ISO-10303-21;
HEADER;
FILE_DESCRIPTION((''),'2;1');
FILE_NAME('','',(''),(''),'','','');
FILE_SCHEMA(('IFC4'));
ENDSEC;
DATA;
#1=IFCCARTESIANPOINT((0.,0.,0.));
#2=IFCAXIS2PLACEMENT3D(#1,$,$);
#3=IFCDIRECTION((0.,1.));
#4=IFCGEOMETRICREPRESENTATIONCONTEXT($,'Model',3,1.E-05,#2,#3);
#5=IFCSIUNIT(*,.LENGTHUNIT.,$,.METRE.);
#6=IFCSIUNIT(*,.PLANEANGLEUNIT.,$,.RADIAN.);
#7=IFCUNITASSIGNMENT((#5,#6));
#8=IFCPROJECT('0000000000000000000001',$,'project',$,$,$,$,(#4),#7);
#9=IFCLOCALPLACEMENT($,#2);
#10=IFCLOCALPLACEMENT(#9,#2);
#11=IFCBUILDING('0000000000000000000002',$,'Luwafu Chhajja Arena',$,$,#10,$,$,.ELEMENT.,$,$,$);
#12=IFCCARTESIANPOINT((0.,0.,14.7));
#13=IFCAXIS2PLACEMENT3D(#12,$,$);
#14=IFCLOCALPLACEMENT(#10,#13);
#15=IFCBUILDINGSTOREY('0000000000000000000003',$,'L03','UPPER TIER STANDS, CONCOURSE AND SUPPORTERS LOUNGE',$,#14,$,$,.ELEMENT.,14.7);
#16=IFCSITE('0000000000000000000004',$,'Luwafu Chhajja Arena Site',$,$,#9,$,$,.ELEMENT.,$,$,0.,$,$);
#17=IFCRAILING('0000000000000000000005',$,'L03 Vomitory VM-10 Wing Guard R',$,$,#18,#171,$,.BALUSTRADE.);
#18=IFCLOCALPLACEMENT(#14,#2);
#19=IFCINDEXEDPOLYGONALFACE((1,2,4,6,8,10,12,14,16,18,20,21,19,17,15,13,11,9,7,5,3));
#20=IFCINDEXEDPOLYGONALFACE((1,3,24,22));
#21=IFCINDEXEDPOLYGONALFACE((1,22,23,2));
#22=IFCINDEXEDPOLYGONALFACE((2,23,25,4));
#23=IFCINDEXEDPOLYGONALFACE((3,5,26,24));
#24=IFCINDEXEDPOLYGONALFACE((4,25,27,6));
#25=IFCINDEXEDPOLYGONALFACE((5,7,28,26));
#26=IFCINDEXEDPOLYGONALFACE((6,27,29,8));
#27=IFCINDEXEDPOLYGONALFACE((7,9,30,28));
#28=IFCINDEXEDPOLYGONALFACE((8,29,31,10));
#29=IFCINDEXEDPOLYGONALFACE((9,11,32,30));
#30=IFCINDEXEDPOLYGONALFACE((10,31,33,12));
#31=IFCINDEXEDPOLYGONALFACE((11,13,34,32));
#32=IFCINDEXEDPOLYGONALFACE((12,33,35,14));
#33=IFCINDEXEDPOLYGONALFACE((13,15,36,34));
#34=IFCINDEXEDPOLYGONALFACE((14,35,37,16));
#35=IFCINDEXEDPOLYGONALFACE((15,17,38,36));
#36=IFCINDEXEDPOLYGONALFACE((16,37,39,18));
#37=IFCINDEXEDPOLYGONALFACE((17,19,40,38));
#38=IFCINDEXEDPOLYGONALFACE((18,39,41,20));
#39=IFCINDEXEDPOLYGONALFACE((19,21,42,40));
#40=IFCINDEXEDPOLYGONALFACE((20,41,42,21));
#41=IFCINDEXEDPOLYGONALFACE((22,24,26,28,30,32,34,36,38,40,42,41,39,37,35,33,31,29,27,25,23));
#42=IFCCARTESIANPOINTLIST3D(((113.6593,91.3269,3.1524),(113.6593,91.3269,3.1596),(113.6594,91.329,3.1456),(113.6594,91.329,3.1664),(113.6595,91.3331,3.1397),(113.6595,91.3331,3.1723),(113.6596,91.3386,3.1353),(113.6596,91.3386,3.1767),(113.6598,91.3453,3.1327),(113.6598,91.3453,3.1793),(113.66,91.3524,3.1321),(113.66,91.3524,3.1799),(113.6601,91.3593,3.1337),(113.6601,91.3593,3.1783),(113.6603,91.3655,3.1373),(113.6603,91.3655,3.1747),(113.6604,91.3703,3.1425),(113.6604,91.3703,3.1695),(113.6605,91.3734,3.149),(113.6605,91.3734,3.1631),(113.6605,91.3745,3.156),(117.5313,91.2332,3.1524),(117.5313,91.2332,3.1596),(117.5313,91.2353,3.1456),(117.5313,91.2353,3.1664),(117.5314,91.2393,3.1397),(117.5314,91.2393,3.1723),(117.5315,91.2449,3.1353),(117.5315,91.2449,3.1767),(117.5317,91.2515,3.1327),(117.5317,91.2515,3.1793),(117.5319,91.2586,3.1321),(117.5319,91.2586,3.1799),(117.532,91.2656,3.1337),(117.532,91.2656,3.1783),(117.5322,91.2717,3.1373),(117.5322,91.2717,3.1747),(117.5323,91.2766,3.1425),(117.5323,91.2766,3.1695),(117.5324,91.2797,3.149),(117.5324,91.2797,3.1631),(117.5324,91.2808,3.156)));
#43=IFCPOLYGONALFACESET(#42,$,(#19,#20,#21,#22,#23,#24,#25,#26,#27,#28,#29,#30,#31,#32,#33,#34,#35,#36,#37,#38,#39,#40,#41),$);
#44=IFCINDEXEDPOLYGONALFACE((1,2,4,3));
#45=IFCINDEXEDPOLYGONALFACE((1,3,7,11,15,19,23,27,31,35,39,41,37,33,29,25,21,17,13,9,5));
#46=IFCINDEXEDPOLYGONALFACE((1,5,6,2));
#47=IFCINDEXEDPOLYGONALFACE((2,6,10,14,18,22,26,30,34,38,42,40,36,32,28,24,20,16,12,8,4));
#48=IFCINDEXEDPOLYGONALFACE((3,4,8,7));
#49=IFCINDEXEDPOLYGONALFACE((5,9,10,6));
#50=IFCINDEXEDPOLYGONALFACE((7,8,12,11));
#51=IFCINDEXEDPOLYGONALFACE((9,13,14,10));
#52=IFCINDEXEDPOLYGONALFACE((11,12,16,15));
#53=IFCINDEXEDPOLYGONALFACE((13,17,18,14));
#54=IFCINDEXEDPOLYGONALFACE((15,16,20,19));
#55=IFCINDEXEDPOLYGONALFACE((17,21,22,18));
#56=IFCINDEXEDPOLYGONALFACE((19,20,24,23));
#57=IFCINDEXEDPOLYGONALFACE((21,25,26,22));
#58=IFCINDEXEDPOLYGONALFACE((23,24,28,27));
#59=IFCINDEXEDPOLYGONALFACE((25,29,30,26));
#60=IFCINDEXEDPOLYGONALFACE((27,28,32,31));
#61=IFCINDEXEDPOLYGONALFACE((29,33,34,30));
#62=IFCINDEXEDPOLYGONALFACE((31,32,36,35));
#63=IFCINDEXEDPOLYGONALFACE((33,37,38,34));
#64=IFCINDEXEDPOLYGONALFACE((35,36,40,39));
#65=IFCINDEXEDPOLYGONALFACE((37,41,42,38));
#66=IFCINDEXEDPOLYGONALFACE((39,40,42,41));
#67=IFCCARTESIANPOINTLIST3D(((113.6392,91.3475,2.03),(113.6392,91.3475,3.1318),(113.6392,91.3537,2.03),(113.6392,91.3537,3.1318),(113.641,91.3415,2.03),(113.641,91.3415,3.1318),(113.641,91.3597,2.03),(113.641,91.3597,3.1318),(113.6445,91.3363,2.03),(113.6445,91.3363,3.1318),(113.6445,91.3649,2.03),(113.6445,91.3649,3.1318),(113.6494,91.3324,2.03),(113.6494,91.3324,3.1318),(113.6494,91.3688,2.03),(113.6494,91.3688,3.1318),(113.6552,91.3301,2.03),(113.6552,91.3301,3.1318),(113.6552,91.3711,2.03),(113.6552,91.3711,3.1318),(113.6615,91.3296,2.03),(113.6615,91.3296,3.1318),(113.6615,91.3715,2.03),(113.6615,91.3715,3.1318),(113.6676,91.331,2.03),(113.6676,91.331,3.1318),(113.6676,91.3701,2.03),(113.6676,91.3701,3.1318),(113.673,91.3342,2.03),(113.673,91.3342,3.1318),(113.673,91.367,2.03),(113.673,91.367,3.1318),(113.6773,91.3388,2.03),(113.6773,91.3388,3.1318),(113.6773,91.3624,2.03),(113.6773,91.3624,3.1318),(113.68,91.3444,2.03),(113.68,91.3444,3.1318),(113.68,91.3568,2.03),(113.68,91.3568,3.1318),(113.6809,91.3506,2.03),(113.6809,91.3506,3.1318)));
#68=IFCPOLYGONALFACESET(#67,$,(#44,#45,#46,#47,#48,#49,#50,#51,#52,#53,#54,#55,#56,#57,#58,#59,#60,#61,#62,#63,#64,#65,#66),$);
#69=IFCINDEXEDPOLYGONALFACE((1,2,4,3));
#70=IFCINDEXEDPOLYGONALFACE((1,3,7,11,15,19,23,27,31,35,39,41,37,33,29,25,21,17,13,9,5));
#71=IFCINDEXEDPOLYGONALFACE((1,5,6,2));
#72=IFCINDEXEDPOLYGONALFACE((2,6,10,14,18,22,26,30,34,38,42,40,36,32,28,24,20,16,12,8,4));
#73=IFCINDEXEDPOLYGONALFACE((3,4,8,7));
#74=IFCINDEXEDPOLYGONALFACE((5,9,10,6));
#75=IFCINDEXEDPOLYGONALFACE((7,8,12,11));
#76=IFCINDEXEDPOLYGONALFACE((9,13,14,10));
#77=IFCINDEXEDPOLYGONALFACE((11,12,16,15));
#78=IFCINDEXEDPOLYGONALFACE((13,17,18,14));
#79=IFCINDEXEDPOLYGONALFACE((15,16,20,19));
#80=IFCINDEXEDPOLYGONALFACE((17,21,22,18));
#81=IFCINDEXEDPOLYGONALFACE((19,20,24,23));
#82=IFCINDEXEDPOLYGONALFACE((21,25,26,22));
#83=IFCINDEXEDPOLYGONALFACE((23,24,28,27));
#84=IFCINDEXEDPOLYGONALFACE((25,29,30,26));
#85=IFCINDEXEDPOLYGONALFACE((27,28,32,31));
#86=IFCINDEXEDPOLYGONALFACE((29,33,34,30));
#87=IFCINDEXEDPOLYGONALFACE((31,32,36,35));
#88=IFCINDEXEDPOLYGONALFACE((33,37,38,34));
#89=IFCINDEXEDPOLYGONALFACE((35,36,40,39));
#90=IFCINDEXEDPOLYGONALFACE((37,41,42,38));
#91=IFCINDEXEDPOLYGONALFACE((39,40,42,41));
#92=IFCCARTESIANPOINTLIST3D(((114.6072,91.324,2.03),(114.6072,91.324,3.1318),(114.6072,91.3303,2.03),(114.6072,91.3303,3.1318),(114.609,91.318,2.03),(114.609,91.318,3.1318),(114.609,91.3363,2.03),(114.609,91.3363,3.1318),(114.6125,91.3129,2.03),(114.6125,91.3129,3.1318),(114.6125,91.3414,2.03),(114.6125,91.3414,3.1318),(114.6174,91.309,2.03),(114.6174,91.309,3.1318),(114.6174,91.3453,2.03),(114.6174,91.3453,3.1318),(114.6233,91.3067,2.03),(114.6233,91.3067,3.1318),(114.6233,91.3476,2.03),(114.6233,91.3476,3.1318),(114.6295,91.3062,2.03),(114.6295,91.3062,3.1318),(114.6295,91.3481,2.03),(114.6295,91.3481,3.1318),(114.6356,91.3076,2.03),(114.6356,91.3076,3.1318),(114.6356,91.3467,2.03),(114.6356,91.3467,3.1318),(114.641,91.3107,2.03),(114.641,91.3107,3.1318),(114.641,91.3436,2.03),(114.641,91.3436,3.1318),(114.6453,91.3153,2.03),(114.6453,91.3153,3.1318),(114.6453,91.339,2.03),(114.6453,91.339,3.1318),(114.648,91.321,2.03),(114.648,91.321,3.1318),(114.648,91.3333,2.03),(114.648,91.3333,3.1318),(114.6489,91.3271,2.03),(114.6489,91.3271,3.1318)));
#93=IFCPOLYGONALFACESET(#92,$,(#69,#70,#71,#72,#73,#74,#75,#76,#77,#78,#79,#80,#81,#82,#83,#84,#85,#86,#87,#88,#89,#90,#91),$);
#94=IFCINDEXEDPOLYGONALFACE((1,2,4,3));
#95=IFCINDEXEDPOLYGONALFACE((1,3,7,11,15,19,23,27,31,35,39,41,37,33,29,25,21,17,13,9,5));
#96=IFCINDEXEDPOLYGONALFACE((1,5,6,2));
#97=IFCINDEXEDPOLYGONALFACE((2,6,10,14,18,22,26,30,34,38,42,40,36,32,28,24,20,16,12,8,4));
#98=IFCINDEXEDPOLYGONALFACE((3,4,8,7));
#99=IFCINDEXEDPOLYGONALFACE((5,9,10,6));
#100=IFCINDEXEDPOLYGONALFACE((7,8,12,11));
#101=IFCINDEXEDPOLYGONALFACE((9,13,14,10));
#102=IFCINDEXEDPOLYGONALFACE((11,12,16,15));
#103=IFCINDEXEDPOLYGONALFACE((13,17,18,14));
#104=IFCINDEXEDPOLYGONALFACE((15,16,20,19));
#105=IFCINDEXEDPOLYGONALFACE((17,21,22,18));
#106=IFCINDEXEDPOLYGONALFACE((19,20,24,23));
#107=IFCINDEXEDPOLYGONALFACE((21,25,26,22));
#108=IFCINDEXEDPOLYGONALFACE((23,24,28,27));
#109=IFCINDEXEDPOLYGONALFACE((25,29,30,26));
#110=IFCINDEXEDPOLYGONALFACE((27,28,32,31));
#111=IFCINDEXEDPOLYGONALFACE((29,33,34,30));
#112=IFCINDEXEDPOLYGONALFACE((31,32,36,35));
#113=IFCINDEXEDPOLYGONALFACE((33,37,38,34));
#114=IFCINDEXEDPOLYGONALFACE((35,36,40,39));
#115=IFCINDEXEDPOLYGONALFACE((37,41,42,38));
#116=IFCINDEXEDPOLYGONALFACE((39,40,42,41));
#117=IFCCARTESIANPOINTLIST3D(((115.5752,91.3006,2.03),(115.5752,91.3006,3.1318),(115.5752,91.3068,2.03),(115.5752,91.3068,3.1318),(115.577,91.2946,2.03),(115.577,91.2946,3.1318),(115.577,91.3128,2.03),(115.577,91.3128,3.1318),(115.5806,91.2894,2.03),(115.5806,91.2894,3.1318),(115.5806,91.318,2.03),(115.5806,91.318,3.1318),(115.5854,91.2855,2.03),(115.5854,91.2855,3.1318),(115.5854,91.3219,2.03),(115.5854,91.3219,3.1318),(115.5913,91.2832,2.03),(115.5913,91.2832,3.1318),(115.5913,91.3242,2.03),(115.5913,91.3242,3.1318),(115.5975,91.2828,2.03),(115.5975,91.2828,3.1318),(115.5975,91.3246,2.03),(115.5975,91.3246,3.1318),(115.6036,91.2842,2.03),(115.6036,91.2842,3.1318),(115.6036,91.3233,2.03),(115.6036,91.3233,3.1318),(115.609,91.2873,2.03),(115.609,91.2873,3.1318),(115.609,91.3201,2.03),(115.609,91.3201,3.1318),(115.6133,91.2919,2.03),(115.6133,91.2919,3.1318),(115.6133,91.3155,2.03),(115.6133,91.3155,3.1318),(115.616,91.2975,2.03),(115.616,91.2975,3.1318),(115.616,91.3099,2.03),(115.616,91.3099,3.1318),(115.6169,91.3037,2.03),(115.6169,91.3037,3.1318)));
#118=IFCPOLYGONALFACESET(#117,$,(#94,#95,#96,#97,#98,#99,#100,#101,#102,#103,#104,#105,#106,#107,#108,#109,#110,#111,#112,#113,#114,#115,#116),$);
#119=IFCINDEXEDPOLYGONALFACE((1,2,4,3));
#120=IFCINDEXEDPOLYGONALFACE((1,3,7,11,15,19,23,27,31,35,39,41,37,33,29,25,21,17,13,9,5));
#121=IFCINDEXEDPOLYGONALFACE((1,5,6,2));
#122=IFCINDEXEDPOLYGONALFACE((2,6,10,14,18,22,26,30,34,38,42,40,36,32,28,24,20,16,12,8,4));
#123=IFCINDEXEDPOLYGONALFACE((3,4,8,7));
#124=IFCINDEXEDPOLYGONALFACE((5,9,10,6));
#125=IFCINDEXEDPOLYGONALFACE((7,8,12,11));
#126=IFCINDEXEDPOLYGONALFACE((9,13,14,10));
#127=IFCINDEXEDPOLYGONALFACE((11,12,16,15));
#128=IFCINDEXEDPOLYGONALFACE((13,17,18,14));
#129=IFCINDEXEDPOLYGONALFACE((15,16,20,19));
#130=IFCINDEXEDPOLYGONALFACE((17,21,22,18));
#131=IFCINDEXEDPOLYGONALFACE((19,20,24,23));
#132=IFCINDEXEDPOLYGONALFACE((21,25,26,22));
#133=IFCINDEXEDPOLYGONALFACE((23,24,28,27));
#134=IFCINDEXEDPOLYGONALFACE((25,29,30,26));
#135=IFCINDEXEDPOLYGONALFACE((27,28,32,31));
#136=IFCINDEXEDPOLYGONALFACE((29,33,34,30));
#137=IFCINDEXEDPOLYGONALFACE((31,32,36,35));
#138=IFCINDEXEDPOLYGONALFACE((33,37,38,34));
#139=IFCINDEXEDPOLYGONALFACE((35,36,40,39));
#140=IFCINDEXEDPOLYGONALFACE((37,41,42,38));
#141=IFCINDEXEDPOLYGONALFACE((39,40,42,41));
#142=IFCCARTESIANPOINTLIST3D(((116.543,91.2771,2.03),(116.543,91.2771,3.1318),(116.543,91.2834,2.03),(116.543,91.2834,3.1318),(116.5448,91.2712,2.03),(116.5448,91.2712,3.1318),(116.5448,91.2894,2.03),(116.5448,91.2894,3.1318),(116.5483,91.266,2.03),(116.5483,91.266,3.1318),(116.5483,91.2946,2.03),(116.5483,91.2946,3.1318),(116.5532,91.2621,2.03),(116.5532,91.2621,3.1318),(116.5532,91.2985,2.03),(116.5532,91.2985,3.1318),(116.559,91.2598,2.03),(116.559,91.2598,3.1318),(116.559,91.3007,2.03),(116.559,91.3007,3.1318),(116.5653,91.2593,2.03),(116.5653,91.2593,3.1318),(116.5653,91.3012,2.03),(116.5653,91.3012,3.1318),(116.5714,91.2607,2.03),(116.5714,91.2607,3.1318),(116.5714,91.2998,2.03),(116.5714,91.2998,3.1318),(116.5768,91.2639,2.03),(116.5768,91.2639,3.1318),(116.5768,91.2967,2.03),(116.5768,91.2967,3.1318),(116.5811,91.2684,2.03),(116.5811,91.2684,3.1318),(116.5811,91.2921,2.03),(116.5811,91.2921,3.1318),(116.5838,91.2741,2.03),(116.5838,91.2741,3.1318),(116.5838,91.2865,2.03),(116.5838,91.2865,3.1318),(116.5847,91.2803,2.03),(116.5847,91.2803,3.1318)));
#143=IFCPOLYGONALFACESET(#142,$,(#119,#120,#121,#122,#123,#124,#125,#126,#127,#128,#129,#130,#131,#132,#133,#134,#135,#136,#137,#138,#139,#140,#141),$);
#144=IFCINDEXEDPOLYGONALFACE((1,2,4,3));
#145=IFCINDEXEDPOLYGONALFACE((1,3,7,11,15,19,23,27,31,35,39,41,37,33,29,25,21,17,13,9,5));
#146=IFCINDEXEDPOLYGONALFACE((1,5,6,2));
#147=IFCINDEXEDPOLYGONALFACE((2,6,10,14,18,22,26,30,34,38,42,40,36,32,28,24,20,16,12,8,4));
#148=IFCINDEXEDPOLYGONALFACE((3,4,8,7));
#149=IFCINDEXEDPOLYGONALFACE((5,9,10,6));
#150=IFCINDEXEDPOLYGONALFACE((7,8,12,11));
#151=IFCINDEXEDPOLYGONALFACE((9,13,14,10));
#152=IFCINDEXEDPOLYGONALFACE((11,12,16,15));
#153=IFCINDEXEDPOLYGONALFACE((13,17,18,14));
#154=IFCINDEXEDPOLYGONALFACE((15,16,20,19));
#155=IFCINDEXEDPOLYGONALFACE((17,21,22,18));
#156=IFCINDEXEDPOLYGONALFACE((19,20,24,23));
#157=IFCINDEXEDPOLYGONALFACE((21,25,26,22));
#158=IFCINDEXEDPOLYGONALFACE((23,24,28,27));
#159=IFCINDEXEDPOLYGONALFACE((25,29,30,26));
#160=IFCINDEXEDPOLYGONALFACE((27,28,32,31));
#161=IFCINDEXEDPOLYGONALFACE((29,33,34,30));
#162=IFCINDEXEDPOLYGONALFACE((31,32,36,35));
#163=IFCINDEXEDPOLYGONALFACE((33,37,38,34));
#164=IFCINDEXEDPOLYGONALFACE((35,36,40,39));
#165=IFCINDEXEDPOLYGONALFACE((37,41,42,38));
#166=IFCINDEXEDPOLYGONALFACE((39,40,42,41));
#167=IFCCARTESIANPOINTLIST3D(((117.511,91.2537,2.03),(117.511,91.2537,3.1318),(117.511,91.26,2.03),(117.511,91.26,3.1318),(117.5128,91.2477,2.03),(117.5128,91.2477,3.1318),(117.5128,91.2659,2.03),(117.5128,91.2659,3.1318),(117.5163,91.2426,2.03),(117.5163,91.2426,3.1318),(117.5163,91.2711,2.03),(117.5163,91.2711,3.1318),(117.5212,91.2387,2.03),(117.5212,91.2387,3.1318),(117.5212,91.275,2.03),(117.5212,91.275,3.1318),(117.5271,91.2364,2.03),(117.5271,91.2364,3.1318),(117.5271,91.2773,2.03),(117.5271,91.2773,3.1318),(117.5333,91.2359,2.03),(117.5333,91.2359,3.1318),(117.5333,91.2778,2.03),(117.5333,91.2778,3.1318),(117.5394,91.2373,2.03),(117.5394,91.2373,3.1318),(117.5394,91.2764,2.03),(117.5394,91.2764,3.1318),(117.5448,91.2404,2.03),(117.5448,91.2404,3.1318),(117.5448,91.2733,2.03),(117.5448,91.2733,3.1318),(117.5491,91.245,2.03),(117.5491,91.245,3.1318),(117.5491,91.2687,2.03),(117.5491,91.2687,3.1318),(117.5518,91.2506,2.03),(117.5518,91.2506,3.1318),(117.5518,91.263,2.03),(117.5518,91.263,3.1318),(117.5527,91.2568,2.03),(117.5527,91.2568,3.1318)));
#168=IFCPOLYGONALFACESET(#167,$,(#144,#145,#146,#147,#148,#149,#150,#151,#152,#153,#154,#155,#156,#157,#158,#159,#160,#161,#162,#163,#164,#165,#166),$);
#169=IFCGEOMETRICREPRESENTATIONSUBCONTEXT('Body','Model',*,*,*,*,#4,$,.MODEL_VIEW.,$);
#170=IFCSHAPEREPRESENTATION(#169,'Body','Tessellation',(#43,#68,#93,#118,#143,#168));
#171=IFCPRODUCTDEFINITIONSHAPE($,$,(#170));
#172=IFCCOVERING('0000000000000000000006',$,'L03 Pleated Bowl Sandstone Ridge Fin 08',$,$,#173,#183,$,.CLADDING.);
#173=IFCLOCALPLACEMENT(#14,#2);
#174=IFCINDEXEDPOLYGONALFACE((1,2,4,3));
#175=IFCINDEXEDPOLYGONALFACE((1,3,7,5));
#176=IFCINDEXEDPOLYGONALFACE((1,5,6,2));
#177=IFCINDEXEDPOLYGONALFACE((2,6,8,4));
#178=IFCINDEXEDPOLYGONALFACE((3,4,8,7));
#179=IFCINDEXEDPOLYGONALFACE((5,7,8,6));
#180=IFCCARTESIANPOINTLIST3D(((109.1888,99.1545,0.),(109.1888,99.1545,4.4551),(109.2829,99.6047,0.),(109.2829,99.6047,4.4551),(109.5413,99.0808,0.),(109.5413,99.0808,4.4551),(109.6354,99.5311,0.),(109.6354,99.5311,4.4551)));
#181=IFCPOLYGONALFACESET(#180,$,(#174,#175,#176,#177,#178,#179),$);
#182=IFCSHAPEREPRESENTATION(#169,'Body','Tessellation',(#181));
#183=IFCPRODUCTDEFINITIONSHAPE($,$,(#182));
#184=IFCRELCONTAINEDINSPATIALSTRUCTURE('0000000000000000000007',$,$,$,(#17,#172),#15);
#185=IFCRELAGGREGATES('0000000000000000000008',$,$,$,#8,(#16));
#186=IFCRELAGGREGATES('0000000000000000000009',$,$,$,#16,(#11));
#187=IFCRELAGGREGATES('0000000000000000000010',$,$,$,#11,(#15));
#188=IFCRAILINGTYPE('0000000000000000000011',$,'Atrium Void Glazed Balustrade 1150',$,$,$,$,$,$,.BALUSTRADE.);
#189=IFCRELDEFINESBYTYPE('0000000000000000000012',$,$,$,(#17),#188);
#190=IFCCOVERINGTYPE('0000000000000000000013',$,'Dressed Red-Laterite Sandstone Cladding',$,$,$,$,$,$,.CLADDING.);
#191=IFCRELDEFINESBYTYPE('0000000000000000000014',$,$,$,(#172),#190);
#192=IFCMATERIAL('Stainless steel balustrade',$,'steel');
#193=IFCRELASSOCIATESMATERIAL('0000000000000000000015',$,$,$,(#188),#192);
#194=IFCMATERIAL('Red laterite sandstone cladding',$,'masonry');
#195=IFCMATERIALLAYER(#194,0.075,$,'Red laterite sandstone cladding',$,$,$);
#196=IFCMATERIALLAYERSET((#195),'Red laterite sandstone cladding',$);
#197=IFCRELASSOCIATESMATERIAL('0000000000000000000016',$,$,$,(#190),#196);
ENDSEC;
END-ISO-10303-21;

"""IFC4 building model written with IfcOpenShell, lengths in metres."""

from ifc_helpers import new_model, si_unit, direction, frame, origin, origin_2d, place, context, subcontext, project, spatial, rectangle, circle, extrude, material, layer, layer_set, type_object, element, save


model = new_model("IFC4")

# Units and contexts
model_context = context("Model", 3, precision=1e-05, world=origin(), true_north=direction((0.0, 1.0)))
body_context = subcontext(model_context, "Body", "Model", "MODEL_VIEW")
ifc_project = project(units=[si_unit("LENGTHUNIT", "METRE"), si_unit("PLANEANGLEUNIT", "RADIAN")], contexts=[model_context])

# Site, building, storey
site_placement = place(None, origin())
site = spatial("IfcSite", under=ifc_project, at=site_placement, Name="Luwafu Chhajja Arena Site", CompositionType="ELEMENT", RefElevation=0.0)
building_placement = place(site_placement, origin())
building = spatial("IfcBuilding", under=site, at=building_placement, Name="Luwafu Chhajja Arena", CompositionType="ELEMENT")
storey_placement = place(building_placement, frame((0.0, 0.0, 14.7)))
storey = spatial("IfcBuildingStorey", under=building, at=storey_placement, Name="L03", Description="UPPER TIER STANDS, CONCOURSE AND SUPPORTERS LOUNGE", CompositionType="ELEMENT", Elevation=14.7)

# Railing
ifc_material_1 = material(Name="Stainless steel balustrade", Category="steel")
railing_type_1 = type_object("IfcRailingType", Name="Atrium Void Glazed Balustrade 1150", PredefinedType="BALUSTRADE", material=ifc_material_1)
for number, where, name in (
    (1, (113.6599, 91.3506, 2.03), "L03 Vomitory VM-10 Wing Guard R"),
):
    element("IfcRailing", number, at=place(storey_placement, frame(where)), inside=storey, type_object=railing_type_1, Name=name, PredefinedType="BALUSTRADE", context=body_context, shape_type="SweptSolid", body=[
        extrude(circle(Radius=0.0239, at=origin_2d()), frame((0.0, 0.0, 1.126), z_axis=(0.999707, -0.024206, 0.0), x_axis=(0.024206, 0.999707, 0.0)), (0.0, 0.0, 1.0), 3.873),
        extrude(circle(Radius=0.021, at=origin_2d()), origin(), (0.0, 0.0, 1.0), 1.1018),
        extrude(circle(Radius=0.021, at=origin_2d()), frame((0.968, -0.0234, 0.0)), (0.0, 0.0, 1.0), 1.1018),
        extrude(circle(Radius=0.021, at=origin_2d()), frame((1.936, -0.0469, 0.0)), (0.0, 0.0, 1.0), 1.1018),
        extrude(circle(Radius=0.021, at=origin_2d()), frame((2.9038, -0.0703, 0.0)), (0.0, 0.0, 1.0), 1.1018),
        extrude(circle(Radius=0.021, at=origin_2d()), frame((3.8718, -0.0938, 0.0)), (0.0, 0.0, 1.0), 1.1018),
    ])

# Covering
ifc_material_2 = material(Name="Red laterite sandstone cladding", Category="masonry")
ifc_layer_1 = layer(ifc_material_2, 0.075, Name="Red laterite sandstone cladding")
ifc_layer_set_1 = layer_set([ifc_layer_1], Name="Red laterite sandstone cladding")
covering_type = type_object("IfcCoveringType", Name="Dressed Red-Laterite Sandstone Cladding", PredefinedType="CLADDING", material=ifc_layer_set_1)
covering_placement = place(storey_placement, frame((109.4121, 99.3428, 0.0), z_axis=(0.0, 0.0, 1.0), x_axis=(0.204485, 0.97887, 0.0)))
element("IfcCovering", 2, at=covering_placement, inside=storey, type_object=covering_type, Name="L03 Pleated Bowl Sandstone Ridge Fin 08", PredefinedType="CLADDING", context=body_context, shape_type="SweptSolid", body=[
    extrude(rectangle(XDim=0.46, YDim=0.3601, at=origin_2d()), origin(), (0.0, 0.0, 1.0), 4.4551),
])

save(model, "model.ifc")
